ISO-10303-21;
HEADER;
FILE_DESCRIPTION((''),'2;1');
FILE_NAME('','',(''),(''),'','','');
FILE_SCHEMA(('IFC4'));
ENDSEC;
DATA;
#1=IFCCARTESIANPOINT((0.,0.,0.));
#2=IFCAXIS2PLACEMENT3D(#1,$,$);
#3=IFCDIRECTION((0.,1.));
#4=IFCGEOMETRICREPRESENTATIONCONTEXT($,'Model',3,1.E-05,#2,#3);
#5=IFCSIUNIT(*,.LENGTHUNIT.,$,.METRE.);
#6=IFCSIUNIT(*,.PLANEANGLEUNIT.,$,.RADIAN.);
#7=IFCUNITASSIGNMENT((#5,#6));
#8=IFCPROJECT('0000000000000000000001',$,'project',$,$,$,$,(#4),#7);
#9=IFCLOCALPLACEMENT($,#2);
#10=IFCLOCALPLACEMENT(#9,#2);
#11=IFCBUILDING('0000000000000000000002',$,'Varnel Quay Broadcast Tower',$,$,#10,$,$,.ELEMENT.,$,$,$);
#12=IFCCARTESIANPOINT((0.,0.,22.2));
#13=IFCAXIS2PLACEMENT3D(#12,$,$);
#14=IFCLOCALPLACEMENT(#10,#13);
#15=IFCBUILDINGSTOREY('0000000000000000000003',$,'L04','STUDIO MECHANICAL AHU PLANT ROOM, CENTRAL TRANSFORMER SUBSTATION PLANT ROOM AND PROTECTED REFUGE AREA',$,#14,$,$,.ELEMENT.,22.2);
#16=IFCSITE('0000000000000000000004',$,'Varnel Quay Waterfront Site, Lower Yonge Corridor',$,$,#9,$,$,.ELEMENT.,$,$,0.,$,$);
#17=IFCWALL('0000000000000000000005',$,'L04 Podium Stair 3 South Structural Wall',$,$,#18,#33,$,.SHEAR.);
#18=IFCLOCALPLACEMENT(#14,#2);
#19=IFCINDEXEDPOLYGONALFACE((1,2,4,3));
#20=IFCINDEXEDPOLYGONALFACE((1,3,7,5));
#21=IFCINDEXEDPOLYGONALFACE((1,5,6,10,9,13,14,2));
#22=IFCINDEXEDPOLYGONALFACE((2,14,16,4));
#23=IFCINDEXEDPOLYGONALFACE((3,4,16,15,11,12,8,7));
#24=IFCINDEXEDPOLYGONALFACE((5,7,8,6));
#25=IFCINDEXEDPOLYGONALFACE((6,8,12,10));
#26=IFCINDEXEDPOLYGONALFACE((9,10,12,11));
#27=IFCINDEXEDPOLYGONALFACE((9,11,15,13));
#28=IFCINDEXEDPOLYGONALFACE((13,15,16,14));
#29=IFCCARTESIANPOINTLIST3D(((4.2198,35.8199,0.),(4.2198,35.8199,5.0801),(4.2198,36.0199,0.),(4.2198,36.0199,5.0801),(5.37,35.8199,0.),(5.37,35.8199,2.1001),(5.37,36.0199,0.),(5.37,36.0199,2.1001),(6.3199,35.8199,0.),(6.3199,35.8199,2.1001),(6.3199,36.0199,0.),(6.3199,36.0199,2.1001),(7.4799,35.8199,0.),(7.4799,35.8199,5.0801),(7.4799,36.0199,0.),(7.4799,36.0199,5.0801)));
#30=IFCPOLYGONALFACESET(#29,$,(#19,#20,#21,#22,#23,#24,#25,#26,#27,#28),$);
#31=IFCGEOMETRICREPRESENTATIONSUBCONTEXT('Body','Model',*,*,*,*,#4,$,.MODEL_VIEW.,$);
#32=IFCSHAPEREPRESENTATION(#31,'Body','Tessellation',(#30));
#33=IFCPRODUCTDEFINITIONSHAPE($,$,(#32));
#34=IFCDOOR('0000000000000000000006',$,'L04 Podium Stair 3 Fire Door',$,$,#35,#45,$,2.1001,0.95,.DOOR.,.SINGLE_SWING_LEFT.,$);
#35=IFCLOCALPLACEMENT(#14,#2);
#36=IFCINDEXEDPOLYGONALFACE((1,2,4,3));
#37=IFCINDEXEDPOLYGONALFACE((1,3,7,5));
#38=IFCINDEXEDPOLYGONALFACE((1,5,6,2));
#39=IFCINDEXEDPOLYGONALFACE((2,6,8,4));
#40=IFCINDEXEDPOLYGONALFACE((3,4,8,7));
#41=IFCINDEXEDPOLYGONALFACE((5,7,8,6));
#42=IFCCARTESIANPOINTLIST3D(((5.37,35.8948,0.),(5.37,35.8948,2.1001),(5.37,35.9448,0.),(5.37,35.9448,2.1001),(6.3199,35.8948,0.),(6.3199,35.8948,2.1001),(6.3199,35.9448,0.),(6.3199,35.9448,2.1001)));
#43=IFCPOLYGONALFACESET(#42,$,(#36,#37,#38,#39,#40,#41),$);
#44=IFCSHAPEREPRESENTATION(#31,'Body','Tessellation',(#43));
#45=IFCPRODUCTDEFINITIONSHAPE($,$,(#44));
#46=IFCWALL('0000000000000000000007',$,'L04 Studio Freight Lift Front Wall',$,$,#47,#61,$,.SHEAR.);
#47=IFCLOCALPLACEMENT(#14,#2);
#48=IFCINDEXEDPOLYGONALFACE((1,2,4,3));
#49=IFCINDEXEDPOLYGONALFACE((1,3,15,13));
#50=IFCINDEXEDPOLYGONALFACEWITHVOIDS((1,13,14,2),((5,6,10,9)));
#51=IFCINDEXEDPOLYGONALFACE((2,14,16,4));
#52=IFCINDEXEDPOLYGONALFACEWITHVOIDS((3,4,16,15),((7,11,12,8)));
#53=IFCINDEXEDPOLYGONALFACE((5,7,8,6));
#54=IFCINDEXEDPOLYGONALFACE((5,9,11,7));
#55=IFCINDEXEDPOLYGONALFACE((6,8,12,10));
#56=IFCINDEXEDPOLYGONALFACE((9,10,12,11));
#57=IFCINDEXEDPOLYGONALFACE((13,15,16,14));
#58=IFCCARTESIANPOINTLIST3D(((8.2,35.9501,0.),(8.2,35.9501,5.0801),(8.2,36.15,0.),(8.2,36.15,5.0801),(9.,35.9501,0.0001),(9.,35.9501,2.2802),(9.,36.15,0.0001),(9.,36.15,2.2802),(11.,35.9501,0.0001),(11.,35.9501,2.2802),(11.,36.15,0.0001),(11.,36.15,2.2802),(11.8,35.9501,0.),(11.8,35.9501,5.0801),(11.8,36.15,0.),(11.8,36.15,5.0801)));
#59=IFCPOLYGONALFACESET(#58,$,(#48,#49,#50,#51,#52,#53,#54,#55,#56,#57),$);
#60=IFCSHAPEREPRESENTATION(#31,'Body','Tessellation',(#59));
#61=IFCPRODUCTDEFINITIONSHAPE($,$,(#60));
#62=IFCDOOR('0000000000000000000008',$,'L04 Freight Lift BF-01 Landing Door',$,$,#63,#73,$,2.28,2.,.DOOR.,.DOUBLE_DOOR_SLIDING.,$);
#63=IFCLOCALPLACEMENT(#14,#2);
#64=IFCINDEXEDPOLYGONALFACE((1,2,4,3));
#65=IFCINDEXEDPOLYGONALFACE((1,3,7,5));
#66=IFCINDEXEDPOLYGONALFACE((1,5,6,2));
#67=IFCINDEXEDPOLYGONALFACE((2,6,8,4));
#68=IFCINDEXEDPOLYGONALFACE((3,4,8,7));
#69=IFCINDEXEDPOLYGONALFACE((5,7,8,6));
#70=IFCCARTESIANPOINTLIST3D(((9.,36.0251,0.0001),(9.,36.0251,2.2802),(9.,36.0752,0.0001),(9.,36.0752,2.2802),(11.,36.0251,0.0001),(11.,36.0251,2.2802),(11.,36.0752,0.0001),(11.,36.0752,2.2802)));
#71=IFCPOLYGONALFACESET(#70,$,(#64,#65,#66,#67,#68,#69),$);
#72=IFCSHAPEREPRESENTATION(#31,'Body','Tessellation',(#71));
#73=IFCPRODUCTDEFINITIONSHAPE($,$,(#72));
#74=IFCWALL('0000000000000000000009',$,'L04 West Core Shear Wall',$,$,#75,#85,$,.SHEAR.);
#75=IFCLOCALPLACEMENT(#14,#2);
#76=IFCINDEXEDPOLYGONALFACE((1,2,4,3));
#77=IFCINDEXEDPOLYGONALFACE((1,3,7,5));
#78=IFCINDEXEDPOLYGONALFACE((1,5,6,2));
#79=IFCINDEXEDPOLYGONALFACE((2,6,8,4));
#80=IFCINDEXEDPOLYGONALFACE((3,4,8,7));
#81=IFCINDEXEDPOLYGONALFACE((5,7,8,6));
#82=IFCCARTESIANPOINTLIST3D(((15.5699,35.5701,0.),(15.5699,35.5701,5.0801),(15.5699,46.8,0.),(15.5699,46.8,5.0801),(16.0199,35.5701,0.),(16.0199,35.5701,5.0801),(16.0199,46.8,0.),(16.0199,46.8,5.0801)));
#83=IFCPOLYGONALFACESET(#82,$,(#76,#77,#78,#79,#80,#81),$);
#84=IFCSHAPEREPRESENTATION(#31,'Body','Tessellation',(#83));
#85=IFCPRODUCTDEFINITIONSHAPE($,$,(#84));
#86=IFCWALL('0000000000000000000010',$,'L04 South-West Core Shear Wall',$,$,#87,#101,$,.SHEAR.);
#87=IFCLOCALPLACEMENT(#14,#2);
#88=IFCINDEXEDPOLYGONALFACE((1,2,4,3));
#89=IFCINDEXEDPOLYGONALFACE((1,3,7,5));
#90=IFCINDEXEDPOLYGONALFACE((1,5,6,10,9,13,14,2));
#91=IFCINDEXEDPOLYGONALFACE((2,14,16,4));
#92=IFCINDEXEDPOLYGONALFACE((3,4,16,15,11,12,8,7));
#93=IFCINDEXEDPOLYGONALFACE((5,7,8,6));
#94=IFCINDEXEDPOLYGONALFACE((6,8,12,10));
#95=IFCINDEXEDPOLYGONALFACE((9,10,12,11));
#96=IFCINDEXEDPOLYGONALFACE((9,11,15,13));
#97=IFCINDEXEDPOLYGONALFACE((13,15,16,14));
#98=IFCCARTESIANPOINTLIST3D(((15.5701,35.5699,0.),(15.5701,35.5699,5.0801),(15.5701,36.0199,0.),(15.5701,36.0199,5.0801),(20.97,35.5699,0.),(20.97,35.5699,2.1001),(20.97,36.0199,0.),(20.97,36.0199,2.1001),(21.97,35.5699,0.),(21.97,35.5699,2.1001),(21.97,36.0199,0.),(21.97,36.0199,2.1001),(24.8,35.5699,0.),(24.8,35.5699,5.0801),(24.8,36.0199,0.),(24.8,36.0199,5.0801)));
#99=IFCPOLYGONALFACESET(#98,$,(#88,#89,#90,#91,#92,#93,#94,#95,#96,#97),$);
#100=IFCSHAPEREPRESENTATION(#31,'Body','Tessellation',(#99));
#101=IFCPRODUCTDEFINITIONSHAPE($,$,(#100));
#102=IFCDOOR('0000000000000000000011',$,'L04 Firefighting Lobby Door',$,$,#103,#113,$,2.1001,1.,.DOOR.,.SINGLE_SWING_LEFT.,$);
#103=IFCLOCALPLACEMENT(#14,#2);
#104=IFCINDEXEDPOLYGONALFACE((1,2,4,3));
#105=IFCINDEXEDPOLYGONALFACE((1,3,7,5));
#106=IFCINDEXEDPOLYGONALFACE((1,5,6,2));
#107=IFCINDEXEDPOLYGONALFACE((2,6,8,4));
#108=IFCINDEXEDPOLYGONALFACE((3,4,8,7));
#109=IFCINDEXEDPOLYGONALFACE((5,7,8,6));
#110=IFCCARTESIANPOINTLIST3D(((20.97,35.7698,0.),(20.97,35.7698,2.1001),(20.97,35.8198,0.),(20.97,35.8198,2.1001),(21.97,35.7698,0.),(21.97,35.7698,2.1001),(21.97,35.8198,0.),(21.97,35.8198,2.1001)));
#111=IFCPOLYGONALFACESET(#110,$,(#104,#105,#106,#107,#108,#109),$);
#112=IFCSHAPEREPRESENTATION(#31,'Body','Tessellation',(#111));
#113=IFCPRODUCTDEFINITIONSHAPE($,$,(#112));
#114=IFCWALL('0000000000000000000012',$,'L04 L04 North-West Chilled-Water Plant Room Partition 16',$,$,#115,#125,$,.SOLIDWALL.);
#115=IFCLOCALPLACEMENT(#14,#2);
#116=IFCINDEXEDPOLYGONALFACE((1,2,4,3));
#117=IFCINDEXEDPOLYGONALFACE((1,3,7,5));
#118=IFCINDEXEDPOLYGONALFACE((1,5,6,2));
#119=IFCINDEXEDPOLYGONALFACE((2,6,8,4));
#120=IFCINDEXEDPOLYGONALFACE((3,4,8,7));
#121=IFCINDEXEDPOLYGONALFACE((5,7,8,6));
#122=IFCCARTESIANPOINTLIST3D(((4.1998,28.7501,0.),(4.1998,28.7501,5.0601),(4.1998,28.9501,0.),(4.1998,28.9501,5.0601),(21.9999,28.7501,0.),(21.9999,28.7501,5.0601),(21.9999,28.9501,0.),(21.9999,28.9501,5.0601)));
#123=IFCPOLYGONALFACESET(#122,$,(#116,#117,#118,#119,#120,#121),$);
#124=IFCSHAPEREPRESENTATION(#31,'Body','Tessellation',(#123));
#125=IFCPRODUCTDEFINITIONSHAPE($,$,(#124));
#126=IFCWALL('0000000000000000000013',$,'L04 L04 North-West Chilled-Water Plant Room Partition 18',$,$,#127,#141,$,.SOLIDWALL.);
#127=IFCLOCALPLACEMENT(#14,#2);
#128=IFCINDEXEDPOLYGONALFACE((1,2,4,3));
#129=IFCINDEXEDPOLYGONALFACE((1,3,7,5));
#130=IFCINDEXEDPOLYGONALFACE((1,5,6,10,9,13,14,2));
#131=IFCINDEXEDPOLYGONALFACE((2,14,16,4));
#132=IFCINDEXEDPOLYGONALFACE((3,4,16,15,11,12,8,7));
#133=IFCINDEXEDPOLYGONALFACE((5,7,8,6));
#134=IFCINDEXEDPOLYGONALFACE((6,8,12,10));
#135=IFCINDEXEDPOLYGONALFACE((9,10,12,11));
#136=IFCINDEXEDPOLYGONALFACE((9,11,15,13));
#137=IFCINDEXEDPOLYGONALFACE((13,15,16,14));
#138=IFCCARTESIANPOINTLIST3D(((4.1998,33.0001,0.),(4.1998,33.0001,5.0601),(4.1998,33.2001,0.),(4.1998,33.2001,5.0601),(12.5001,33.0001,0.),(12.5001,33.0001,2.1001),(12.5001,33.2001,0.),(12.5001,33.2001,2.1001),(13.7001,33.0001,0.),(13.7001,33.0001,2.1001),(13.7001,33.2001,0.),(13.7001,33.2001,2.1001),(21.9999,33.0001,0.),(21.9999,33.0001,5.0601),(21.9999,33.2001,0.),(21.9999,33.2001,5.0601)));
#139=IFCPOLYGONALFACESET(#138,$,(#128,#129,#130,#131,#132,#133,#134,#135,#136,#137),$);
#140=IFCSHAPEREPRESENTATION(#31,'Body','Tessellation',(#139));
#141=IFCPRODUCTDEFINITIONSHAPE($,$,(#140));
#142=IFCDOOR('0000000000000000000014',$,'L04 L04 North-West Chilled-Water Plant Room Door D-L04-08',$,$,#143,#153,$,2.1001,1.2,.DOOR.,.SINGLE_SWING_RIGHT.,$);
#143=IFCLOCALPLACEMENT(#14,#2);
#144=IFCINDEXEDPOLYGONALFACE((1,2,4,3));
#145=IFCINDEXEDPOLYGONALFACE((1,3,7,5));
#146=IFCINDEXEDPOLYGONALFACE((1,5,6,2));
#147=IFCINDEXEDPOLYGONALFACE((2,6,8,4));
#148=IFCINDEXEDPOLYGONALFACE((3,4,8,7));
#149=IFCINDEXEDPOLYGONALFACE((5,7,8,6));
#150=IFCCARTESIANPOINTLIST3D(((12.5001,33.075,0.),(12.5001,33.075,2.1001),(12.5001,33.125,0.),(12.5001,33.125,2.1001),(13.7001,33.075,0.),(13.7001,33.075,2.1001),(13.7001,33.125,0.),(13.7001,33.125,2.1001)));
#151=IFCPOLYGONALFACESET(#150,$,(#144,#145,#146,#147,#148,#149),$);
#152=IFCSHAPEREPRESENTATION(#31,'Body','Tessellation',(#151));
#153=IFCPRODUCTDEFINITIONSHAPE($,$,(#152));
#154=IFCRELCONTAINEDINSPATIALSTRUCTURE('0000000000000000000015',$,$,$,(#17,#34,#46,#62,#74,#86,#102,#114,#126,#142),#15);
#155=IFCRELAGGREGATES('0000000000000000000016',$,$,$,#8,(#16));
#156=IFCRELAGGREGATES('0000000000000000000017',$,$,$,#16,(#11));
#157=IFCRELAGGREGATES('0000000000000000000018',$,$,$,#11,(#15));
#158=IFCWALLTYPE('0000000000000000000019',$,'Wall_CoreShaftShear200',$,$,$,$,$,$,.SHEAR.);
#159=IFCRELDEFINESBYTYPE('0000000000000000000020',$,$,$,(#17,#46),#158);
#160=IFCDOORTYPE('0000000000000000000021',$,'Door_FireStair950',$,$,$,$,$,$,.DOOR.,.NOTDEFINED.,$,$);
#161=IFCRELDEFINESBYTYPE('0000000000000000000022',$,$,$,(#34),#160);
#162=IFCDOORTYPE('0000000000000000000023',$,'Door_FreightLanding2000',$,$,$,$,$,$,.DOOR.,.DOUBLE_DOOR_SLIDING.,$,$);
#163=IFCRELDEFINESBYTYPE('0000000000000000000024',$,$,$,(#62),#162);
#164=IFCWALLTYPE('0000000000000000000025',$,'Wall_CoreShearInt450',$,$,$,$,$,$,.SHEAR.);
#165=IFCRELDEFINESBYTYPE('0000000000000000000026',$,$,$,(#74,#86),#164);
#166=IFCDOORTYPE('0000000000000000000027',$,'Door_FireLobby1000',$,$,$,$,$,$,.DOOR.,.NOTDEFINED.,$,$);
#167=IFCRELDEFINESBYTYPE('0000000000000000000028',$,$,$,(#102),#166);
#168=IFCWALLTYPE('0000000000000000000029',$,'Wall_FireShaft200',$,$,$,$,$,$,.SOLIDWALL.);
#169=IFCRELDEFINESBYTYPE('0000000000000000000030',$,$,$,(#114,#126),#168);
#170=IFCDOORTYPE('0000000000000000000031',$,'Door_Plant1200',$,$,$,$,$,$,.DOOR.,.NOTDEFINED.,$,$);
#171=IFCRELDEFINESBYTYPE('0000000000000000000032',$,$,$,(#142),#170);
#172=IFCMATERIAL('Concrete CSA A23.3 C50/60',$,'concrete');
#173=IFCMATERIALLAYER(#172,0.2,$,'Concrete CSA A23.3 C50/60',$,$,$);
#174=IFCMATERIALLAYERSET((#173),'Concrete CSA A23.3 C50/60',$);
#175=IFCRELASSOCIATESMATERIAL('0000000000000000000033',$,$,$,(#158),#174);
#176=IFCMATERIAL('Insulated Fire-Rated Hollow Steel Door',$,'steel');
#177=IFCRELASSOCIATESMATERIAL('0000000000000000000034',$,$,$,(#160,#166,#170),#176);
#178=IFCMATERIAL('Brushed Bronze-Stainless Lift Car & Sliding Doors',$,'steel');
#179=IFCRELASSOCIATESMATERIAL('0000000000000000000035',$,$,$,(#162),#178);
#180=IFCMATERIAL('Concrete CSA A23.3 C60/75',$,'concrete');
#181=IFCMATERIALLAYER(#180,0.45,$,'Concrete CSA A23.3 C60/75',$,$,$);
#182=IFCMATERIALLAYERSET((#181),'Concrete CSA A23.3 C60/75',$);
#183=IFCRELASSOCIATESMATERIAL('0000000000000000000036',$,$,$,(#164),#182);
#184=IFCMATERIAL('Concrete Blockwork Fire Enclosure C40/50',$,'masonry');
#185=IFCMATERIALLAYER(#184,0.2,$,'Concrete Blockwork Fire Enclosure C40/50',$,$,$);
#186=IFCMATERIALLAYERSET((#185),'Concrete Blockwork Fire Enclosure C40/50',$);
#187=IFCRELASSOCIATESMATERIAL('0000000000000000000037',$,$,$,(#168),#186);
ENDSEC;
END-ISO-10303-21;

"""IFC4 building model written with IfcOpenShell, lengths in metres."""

from ifc_helpers import new_model, si_unit, direction, frame, frame_2d, origin, place, context, subcontext, project, spatial, rectangle, extrude, source, transform, mapped, material, layer, layer_set, type_object, type_shapes, element, fill, save


model = new_model("IFC4")

# Units and contexts
model_context = context("Model", 3, precision=1e-05, world=origin(), true_north=direction((0.0, 1.0)))
body_context = subcontext(model_context, "Body", "Model", "MODEL_VIEW")
ifc_project = project(units=[si_unit("LENGTHUNIT", "METRE"), si_unit("PLANEANGLEUNIT", "RADIAN")], contexts=[model_context])

# Site, building, storey
site_placement = place(None, origin())
site = spatial("IfcSite", under=ifc_project, at=site_placement, Name="Varnel Quay Waterfront Site, Lower Yonge Corridor", CompositionType="ELEMENT", RefElevation=0.0)
building_placement = place(site_placement, origin())
building = spatial("IfcBuilding", under=site, at=building_placement, Name="Varnel Quay Broadcast Tower", CompositionType="ELEMENT")
storey_placement = place(building_placement, frame((0.0, 0.0, 22.2)))
storey = spatial("IfcBuildingStorey", under=building, at=storey_placement, Name="L04", Description="STUDIO MECHANICAL AHU PLANT ROOM, CENTRAL TRANSFORMER SUBSTATION PLANT ROOM AND PROTECTED REFUGE AREA", CompositionType="ELEMENT", Elevation=22.2)

# Shared definitions
ifc_material_1 = material(Name="Concrete CSA A23.3 C50/60", Category="concrete")
ifc_layer_1 = layer(ifc_material_1, 0.2, Name="Concrete CSA A23.3 C50/60")
ifc_layer_set_1 = layer_set([ifc_layer_1], Name="Concrete CSA A23.3 C50/60")
wall_type_1 = type_object("IfcWallType", Name="Wall_CoreShaftShear200", PredefinedType="SHEAR", material=ifc_layer_set_1)

# Walls, openings, doors
wall_1_placement = place(storey_placement, frame((4.22, 35.9199, 0.0), z_axis=(0.0, 0.0, 1.0), x_axis=(1.0, 0.0, 0.0)))
wall_1 = element("IfcWall", 1, at=wall_1_placement, inside=storey, type_object=wall_type_1, Name="L04 Podium Stair 3 South Structural Wall", PredefinedType="SHEAR", context=body_context, shape_type="SweptSolid", body=[
    extrude(rectangle(XDim=3.26, YDim=0.2, at=frame_2d((1.6299, 0.0))), origin(), (0.0, 0.0, 1.0), 5.0801),
])
opening_1_placement = place(wall_1_placement, frame((1.1499, 0.0, 0.0)))
opening_1 = element("IfcOpeningElement", 2, at=opening_1_placement, cuts=wall_1, PredefinedType="OPENING", context=body_context, shape_type="SweptSolid", body=[
    extrude(rectangle(XDim=0.95, YDim=2.1001, at=frame_2d((0.4751, 1.05))), frame((0.0, 0.1099, 0.0), z_axis=(0.0, -1.0, 0.0), x_axis=(1.0, 0.0, 0.0)), (0.0, 0.0, 1.0), 0.22),
])
ifc_material_2 = material(Name="Insulated Fire-Rated Hollow Steel Door", Category="steel")
door_type_1 = type_object("IfcDoorType", Name="Door_FireStair950", OperationType="NOTDEFINED", PredefinedType="DOOR", material=ifc_material_2)
shared_shape_1 = source(origin(), body_context, "Body", "SweptSolid", [
    extrude(rectangle(XDim=0.95, YDim=2.1001, at=frame_2d((0.4751, 1.05))), frame((0.0, 0.0249, 0.0), z_axis=(0.0, -1.0, 0.0), x_axis=(1.0, 0.0, 0.0)), (0.0, 0.0, 1.0), 0.05),
])
type_shapes(door_type_1, [shared_shape_1])
door_1_placement = place(opening_1_placement, origin())
door_1 = element("IfcDoor", 3, at=door_1_placement, inside=storey, type_object=door_type_1, Name="L04 Podium Stair 3 Fire Door", OperationType="SINGLE_SWING_LEFT", OverallHeight=2.1001, OverallWidth=0.95, PredefinedType="DOOR", context=body_context, shape_type="MappedRepresentation", body=[
    mapped(shared_shape_1, transform((0.0, 0.0, 0.0), x_axis=(1.0, 0.0, 0.0), y_axis=(0.0, 1.0, 0.0), z_axis=(0.0, 0.0, 1.0), scale=1.0)),
])
fill(opening_1, door_1)
wall_2_placement = place(storey_placement, frame((8.2, 36.05, 0.0), z_axis=(0.0, 0.0, 1.0), x_axis=(1.0, 0.0, 0.0)))
wall_2 = element("IfcWall", 4, at=wall_2_placement, inside=storey, type_object=wall_type_1, Name="L04 Studio Freight Lift Front Wall", PredefinedType="SHEAR", context=body_context, shape_type="SweptSolid", body=[
    extrude(rectangle(XDim=3.6001, YDim=0.2, at=frame_2d((1.8, 0.0))), origin(), (0.0, 0.0, 1.0), 5.0801),
])
opening_2_placement = place(wall_2_placement, frame((0.8, 0.0, 0.0)))
opening_2 = element("IfcOpeningElement", 5, at=opening_2_placement, cuts=wall_2, PredefinedType="OPENING", context=body_context, shape_type="SweptSolid", body=[
    extrude(rectangle(XDim=2.0, YDim=2.28, at=frame_2d((1.0, 1.1401))), frame((0.0, 0.1099, 0.0), z_axis=(0.0, -1.0, 0.0), x_axis=(1.0, 0.0, 0.0)), (0.0, 0.0, 1.0), 0.22),
])
ifc_material_3 = material(Name="Brushed Bronze-Stainless Lift Car & Sliding Doors", Category="steel")
door_type_2 = type_object("IfcDoorType", Name="Door_FreightLanding2000", OperationType="DOUBLE_DOOR_SLIDING", PredefinedType="DOOR", material=ifc_material_3)
shared_shape_2 = source(origin(), body_context, "Body", "SweptSolid", [
    extrude(rectangle(XDim=2.0, YDim=2.28, at=frame_2d((1.0, 1.1401))), frame((0.0, 0.0249, 0.0), z_axis=(0.0, -1.0, 0.0), x_axis=(1.0, 0.0, 0.0)), (0.0, 0.0, 1.0), 0.05),
])
type_shapes(door_type_2, [shared_shape_2])
door_2_placement = place(opening_2_placement, frame((2.0, 0.0, 0.0), z_axis=(0.0, 0.0, 1.0), x_axis=(-1.0, 0.0, 0.0)))
door_2 = element("IfcDoor", 6, at=door_2_placement, inside=storey, type_object=door_type_2, Name="L04 Freight Lift BF-01 Landing Door", OperationType="DOUBLE_DOOR_SLIDING", OverallHeight=2.28, OverallWidth=2.0, PredefinedType="DOOR", context=body_context, shape_type="MappedRepresentation", body=[
    mapped(shared_shape_2, transform((0.0, 0.0, 0.0), x_axis=(1.0, 0.0, 0.0), y_axis=(0.0, 1.0, 0.0), z_axis=(0.0, 0.0, 1.0), scale=1.0)),
])
fill(opening_2, door_2)

# Wall
ifc_material_4 = material(Name="Concrete CSA A23.3 C60/75", Category="concrete")
ifc_layer_2 = layer(ifc_material_4, 0.45, Name="Concrete CSA A23.3 C60/75")
ifc_layer_set_2 = layer_set([ifc_layer_2], Name="Concrete CSA A23.3 C60/75")
wall_type_2 = type_object("IfcWallType", Name="Wall_CoreShearInt450", PredefinedType="SHEAR", material=ifc_layer_set_2)
wall_3_placement = place(storey_placement, frame((15.7949, 35.5701, 0.0), z_axis=(0.0, 0.0, 1.0), x_axis=(0.0, 1.0, 0.0)))
element("IfcWall", 7, at=wall_3_placement, inside=storey, type_object=wall_type_2, Name="L04 West Core Shear Wall", PredefinedType="SHEAR", context=body_context, shape_type="SweptSolid", body=[
    extrude(rectangle(XDim=11.23, YDim=0.45, at=frame_2d((5.615, 0.0))), origin(), (0.0, 0.0, 1.0), 5.0801),
])

# Wall, opening, door
wall_4_placement = place(storey_placement, frame((15.5701, 35.7949, 0.0), z_axis=(0.0, 0.0, 1.0), x_axis=(1.0, 0.0, 0.0)))
wall_4 = element("IfcWall", 8, at=wall_4_placement, inside=storey, type_object=wall_type_2, Name="L04 South-West Core Shear Wall", PredefinedType="SHEAR", context=body_context, shape_type="SweptSolid", body=[
    extrude(rectangle(XDim=9.23, YDim=0.45, at=frame_2d((4.615, 0.0))), origin(), (0.0, 0.0, 1.0), 5.0801),
])
opening_3_placement = place(wall_4_placement, frame((5.3999, 0.0, 0.0)))
opening_3 = element("IfcOpeningElement", 9, at=opening_3_placement, cuts=wall_4, PredefinedType="OPENING", context=body_context, shape_type="SweptSolid", body=[
    extrude(rectangle(XDim=1.0, YDim=2.1001, at=frame_2d((0.5, 1.05))), frame((0.0, 0.2349, 0.0), z_axis=(0.0, -1.0, 0.0), x_axis=(1.0, 0.0, 0.0)), (0.0, 0.0, 1.0), 0.47),
])
door_type_3 = type_object("IfcDoorType", Name="Door_FireLobby1000", OperationType="NOTDEFINED", PredefinedType="DOOR", material=ifc_material_2)
shared_shape_3 = source(origin(), body_context, "Body", "SweptSolid", [
    extrude(rectangle(XDim=1.0, YDim=2.1001, at=frame_2d((0.5, 1.05))), frame((0.0, 0.0249, 0.0), z_axis=(0.0, -1.0, 0.0), x_axis=(1.0, 0.0, 0.0)), (0.0, 0.0, 1.0), 0.05),
])
type_shapes(door_type_3, [shared_shape_3])
door_3_placement = place(opening_3_placement, origin())
door_3 = element("IfcDoor", 10, at=door_3_placement, inside=storey, type_object=door_type_3, Name="L04 Firefighting Lobby Door", OperationType="SINGLE_SWING_LEFT", OverallHeight=2.1001, OverallWidth=1.0, PredefinedType="DOOR", context=body_context, shape_type="MappedRepresentation", body=[
    mapped(shared_shape_3, transform((0.0, 0.0, 0.0), x_axis=(1.0, 0.0, 0.0), y_axis=(0.0, 1.0, 0.0), z_axis=(0.0, 0.0, 1.0), scale=1.0)),
])
fill(opening_3, door_3)

# Wall
ifc_material_5 = material(Name="Concrete Blockwork Fire Enclosure C40/50", Category="masonry")
ifc_layer_3 = layer(ifc_material_5, 0.2, Name="Concrete Blockwork Fire Enclosure C40/50")
ifc_layer_set_3 = layer_set([ifc_layer_3], Name="Concrete Blockwork Fire Enclosure C40/50")
wall_type_3 = type_object("IfcWallType", Name="Wall_FireShaft200", PredefinedType="SOLIDWALL", material=ifc_layer_set_3)
wall_5_placement = place(storey_placement, frame((4.2, 28.8501, 0.0), z_axis=(0.0, 0.0, 1.0), x_axis=(1.0, 0.0, 0.0)))
element("IfcWall", 11, at=wall_5_placement, inside=storey, type_object=wall_type_3, Name="L04 L04 North-West Chilled-Water Plant Room Partition 16", PredefinedType="SOLIDWALL", context=body_context, shape_type="SweptSolid", body=[
    extrude(rectangle(XDim=17.8, YDim=0.2, at=frame_2d((8.8999, 0.0))), origin(), (0.0, 0.0, 1.0), 5.0601),
])

# Wall, opening, door
wall_6_placement = place(storey_placement, frame((4.2, 33.1001, 0.0), z_axis=(0.0, 0.0, 1.0), x_axis=(1.0, 0.0, 0.0)))
wall_6 = element("IfcWall", 12, at=wall_6_placement, inside=storey, type_object=wall_type_3, Name="L04 L04 North-West Chilled-Water Plant Room Partition 18", PredefinedType="SOLIDWALL", context=body_context, shape_type="SweptSolid", body=[
    extrude(rectangle(XDim=17.8, YDim=0.2, at=frame_2d((8.8999, 0.0))), origin(), (0.0, 0.0, 1.0), 5.0601),
])
opening_4_placement = place(wall_6_placement, frame((8.3, 0.0, 0.0)))
opening_4 = element("IfcOpeningElement", 13, at=opening_4_placement, cuts=wall_6, PredefinedType="OPENING", context=body_context, shape_type="SweptSolid", body=[
    extrude(rectangle(XDim=1.2, YDim=2.1001, at=frame_2d((0.6001, 1.05))), frame((0.0, 0.1099, 0.0), z_axis=(0.0, -1.0, 0.0), x_axis=(1.0, 0.0, 0.0)), (0.0, 0.0, 1.0), 0.22),
])
door_type_4 = type_object("IfcDoorType", Name="Door_Plant1200", OperationType="NOTDEFINED", PredefinedType="DOOR", material=ifc_material_2)
shared_shape_4 = source(origin(), body_context, "Body", "SweptSolid", [
    extrude(rectangle(XDim=1.2, YDim=2.1001, at=frame_2d((0.6001, 1.05))), frame((0.0, 0.0249, 0.0), z_axis=(0.0, -1.0, 0.0), x_axis=(1.0, 0.0, 0.0)), (0.0, 0.0, 1.0), 0.05),
])
type_shapes(door_type_4, [shared_shape_4])
door_4_placement = place(opening_4_placement, origin())
door_4 = element("IfcDoor", 14, at=door_4_placement, inside=storey, type_object=door_type_4, Name="L04 L04 North-West Chilled-Water Plant Room Door D-L04-08", OperationType="SINGLE_SWING_RIGHT", OverallHeight=2.1001, OverallWidth=1.2, PredefinedType="DOOR", context=body_context, shape_type="MappedRepresentation", body=[
    mapped(shared_shape_4, transform((0.0, 0.0, 0.0), x_axis=(1.0, 0.0, 0.0), y_axis=(0.0, 1.0, 0.0), z_axis=(0.0, 0.0, 1.0), scale=1.0)),
])
fill(opening_4, door_4)

save(model, "model.ifc")
